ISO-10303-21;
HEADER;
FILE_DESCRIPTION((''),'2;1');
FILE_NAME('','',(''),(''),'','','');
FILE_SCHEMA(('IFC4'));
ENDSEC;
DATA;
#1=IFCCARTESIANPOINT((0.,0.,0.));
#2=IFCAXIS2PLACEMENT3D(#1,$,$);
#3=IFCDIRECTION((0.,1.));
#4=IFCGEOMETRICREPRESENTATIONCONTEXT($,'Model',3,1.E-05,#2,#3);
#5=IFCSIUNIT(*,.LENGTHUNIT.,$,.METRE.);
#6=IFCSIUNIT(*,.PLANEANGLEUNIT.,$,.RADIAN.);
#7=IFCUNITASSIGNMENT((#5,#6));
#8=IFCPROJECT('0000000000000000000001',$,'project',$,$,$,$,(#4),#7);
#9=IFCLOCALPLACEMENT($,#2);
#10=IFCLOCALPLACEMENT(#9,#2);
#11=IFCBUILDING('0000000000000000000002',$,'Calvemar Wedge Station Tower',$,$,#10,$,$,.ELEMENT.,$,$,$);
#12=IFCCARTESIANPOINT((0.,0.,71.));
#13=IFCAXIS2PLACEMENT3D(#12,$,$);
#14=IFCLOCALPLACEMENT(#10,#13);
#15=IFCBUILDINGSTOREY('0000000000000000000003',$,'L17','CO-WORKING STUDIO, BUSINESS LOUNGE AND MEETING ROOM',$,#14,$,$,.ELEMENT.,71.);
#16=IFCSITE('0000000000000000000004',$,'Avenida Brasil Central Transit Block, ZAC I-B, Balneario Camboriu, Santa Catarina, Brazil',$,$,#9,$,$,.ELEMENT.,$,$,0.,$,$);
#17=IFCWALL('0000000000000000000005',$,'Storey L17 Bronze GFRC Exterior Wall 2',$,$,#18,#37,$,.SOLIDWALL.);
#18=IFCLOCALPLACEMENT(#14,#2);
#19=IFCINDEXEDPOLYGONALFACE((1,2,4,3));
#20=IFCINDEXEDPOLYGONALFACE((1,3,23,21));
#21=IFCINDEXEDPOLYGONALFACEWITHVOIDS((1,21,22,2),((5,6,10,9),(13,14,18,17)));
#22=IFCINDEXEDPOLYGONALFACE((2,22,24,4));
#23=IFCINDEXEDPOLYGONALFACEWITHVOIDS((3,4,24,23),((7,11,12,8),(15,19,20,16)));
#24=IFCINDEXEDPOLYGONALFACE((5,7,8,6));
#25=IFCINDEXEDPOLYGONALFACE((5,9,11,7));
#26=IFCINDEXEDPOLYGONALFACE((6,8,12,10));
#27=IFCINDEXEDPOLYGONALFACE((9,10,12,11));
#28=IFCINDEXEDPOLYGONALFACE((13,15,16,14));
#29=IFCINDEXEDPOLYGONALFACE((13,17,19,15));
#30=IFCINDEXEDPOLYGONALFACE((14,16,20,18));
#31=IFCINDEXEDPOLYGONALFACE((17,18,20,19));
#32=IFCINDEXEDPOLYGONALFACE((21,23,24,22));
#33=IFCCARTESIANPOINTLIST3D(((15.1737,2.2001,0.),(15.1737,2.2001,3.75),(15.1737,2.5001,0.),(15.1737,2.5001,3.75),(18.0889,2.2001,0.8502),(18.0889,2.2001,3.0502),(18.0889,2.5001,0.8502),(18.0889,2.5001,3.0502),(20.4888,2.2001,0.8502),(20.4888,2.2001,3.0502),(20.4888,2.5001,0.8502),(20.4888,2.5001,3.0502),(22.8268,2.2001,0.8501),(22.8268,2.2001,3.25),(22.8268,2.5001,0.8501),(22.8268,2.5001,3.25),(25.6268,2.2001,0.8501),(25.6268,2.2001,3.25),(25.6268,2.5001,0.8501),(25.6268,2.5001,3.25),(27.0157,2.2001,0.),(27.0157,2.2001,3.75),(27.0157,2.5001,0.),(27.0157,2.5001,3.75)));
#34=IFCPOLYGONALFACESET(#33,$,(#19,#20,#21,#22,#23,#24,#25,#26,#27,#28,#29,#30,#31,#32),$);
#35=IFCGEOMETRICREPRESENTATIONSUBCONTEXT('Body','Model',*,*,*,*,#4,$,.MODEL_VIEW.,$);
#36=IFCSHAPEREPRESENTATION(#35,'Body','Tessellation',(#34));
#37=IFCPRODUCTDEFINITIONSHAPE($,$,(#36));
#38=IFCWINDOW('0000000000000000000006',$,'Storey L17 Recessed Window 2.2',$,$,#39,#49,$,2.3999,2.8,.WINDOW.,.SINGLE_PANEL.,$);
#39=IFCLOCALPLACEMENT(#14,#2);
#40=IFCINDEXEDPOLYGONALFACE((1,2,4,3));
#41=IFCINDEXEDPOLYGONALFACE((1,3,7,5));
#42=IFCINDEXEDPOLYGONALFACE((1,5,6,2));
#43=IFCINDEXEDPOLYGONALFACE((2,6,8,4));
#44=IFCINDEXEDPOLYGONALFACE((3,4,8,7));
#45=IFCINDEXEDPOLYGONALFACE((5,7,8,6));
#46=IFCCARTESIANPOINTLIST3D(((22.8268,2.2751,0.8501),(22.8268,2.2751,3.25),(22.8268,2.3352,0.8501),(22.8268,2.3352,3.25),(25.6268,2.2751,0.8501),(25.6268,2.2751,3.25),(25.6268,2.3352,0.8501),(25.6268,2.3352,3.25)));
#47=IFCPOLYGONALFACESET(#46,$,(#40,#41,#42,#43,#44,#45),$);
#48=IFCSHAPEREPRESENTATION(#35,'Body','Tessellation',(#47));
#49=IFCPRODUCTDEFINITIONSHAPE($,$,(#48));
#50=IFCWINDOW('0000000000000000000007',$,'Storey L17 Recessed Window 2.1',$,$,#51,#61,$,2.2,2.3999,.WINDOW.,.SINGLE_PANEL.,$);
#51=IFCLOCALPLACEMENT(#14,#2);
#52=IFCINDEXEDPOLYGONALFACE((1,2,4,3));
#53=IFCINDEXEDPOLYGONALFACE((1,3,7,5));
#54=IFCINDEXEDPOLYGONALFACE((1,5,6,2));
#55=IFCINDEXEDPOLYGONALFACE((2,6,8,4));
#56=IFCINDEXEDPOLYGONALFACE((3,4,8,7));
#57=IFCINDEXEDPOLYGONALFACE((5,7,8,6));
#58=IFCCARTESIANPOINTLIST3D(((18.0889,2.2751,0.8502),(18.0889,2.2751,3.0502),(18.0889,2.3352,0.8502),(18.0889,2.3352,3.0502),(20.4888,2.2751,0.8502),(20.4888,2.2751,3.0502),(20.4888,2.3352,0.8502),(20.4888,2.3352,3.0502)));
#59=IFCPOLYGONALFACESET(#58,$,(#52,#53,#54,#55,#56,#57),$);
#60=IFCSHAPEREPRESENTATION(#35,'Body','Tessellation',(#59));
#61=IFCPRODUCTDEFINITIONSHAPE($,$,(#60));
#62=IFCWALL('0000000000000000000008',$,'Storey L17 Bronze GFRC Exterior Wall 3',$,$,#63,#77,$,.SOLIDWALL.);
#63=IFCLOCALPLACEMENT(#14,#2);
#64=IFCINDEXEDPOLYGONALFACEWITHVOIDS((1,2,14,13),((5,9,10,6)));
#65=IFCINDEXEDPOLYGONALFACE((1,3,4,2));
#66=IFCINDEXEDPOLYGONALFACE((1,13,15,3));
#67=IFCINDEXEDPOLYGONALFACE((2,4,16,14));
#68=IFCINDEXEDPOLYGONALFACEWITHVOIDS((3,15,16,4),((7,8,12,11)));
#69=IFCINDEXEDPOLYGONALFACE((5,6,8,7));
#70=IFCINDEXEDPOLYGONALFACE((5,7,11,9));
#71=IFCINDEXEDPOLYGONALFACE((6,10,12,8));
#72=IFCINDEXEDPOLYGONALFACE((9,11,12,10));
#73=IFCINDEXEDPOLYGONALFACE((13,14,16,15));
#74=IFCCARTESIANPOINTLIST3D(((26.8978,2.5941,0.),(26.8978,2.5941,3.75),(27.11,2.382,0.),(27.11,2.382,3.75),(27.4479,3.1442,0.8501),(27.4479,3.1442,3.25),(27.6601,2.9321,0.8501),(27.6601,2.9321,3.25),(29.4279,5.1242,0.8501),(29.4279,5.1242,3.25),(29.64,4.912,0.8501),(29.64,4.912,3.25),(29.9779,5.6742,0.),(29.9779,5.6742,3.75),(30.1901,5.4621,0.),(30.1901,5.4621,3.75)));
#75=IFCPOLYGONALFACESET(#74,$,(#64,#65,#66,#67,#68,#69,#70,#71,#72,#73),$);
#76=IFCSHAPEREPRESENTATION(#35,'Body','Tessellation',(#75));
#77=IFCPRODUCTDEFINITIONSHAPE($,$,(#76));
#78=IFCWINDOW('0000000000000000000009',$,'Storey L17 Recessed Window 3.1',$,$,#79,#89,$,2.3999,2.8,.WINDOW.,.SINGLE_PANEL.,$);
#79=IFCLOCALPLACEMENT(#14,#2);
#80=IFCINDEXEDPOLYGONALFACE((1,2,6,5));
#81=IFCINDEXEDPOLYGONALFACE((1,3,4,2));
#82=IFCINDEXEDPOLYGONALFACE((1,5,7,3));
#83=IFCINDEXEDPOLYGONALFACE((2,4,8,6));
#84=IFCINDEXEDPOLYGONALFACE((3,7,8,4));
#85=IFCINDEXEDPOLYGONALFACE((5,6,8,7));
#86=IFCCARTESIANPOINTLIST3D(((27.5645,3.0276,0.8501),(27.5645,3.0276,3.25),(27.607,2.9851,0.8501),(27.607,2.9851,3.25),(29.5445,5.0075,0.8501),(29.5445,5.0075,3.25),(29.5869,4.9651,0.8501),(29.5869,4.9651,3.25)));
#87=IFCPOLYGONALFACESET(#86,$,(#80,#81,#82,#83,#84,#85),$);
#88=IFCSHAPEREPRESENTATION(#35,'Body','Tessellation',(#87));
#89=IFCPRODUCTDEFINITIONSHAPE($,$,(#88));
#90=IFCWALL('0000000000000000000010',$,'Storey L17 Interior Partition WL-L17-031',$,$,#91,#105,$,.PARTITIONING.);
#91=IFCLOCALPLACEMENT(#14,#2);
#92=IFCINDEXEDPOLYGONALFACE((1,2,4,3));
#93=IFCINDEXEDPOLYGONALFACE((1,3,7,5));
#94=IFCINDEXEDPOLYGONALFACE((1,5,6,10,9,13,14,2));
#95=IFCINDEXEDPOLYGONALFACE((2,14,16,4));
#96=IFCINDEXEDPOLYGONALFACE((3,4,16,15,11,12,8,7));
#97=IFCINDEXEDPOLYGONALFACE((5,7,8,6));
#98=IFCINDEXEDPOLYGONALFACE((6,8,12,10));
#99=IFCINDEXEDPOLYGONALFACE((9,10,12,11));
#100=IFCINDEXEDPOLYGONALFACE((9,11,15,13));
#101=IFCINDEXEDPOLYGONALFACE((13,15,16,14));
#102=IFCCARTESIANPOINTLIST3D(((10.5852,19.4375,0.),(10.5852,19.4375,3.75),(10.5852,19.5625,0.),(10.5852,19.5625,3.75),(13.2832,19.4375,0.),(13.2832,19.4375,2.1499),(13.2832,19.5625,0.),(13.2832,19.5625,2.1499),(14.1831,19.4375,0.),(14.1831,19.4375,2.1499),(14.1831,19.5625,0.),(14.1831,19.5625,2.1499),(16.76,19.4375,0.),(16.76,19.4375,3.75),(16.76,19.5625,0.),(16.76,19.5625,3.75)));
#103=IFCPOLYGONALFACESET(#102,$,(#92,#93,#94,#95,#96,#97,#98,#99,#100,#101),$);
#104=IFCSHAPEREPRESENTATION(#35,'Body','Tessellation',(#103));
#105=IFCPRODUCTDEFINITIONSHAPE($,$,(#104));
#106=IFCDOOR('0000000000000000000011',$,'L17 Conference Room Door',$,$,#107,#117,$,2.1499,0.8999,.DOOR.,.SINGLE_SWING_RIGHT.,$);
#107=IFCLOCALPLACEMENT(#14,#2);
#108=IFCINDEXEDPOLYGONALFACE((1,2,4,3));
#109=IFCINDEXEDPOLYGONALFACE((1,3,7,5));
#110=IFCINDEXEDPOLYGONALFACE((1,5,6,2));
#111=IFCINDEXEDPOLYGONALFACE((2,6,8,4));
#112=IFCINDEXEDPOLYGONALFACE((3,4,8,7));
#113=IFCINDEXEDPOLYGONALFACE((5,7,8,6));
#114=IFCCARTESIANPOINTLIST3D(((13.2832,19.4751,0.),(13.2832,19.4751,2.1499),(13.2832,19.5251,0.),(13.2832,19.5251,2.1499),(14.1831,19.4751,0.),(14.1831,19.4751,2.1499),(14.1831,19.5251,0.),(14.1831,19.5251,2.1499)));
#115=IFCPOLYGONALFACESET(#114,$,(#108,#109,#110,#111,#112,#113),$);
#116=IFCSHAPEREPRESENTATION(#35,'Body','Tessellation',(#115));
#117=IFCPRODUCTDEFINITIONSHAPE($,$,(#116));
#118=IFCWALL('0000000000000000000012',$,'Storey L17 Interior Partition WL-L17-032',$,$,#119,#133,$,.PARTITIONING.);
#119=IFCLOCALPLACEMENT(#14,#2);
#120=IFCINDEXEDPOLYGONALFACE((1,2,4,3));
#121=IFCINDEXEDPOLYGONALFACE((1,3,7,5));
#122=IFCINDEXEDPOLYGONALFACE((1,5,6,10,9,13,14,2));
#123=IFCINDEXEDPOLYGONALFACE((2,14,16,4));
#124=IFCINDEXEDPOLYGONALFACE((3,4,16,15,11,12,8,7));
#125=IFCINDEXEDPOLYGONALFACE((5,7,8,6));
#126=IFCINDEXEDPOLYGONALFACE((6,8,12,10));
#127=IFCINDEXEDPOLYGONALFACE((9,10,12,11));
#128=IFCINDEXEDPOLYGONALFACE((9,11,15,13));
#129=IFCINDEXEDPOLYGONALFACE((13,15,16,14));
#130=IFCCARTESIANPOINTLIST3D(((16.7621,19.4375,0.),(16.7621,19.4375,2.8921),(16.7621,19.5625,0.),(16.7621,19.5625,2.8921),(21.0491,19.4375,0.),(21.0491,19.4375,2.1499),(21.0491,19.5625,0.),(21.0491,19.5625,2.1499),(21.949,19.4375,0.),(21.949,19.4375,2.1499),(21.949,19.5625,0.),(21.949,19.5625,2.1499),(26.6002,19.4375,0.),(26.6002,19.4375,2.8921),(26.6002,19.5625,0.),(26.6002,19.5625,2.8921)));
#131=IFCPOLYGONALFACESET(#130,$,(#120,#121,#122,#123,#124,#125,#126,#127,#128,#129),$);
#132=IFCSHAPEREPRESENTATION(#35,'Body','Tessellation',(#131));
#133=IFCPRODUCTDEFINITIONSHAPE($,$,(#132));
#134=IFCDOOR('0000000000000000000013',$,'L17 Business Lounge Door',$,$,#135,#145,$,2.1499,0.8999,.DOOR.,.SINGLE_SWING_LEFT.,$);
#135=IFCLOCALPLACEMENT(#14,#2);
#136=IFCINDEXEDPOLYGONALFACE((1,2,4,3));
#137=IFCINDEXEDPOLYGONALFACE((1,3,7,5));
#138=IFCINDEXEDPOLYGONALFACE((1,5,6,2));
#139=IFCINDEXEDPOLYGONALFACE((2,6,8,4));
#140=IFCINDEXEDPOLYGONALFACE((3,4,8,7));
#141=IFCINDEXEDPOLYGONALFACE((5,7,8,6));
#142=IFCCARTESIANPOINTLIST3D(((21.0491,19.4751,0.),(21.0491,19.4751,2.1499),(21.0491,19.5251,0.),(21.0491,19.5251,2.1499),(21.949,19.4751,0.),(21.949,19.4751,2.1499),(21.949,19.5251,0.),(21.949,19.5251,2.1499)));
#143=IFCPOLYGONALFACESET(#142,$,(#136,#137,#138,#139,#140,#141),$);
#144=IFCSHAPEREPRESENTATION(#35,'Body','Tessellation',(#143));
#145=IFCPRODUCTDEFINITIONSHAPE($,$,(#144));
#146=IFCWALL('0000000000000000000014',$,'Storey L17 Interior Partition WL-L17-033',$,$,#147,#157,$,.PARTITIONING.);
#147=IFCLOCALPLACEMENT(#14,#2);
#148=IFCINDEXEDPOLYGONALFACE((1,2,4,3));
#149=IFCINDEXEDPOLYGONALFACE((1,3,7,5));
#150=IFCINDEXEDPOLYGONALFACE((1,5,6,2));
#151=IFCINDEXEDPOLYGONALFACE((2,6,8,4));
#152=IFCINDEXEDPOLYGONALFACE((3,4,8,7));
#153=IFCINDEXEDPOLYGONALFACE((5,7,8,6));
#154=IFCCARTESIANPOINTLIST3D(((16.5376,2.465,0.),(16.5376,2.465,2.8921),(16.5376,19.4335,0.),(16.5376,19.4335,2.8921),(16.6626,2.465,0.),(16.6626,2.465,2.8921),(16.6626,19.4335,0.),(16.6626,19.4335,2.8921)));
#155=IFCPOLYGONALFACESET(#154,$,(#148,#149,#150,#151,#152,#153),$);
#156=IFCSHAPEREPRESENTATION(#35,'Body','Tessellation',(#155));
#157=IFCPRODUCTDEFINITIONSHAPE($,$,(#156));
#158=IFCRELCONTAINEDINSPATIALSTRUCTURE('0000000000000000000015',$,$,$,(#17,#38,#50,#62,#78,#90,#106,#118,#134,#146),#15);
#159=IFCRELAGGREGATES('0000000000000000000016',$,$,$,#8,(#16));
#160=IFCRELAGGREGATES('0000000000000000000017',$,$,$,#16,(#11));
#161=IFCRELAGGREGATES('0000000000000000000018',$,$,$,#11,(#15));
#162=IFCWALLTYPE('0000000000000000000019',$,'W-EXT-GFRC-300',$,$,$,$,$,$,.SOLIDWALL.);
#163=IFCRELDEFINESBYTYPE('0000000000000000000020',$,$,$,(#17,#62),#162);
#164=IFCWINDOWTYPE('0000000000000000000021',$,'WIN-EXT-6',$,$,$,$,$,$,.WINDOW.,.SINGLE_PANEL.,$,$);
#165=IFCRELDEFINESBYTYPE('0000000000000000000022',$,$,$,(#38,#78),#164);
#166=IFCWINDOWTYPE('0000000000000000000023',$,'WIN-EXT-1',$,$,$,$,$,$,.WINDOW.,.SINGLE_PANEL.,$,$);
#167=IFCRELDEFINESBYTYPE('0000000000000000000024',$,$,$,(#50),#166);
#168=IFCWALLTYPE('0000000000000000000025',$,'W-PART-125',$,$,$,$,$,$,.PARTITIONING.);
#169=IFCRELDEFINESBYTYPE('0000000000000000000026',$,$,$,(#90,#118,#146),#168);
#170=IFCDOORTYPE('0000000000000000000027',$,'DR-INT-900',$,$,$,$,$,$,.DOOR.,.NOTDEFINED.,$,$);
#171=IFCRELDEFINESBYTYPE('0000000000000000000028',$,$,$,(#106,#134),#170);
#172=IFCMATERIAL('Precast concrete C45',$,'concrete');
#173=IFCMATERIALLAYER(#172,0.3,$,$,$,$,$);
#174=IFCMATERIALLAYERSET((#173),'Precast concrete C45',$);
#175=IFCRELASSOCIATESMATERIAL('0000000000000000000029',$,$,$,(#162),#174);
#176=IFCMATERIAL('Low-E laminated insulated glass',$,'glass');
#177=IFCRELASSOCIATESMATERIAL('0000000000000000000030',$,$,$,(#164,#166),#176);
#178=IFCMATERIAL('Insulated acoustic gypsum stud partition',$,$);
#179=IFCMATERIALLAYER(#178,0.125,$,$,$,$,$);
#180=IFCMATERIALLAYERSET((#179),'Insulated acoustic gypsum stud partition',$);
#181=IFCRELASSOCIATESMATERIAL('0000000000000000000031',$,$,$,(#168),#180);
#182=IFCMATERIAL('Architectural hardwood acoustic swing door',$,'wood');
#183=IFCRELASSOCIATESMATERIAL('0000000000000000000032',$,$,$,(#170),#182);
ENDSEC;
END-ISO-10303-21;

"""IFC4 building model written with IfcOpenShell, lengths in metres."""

from ifc_helpers import new_model, si_unit, direction, frame, frame_2d, origin, place, context, subcontext, project, spatial, rectangle, extrude, source, transform, mapped, material, layer, layer_set, type_object, element, fill, save


model = new_model("IFC4")

# Units and contexts
model_context = context("Model", 3, precision=1e-05, world=origin(), true_north=direction((0.0, 1.0)))
body_context = subcontext(model_context, "Body", "Model", "MODEL_VIEW")
ifc_project = project(units=[si_unit("LENGTHUNIT", "METRE"), si_unit("PLANEANGLEUNIT", "RADIAN")], contexts=[model_context])

# Site, building, storey
site_placement = place(None, origin())
site = spatial("IfcSite", under=ifc_project, at=site_placement, Name="Avenida Brasil Central Transit Block, ZAC I-B, Balneario Camboriu, Santa Catarina, Brazil", CompositionType="ELEMENT", RefElevation=0.0)
building_placement = place(site_placement, origin())
building = spatial("IfcBuilding", under=site, at=building_placement, Name="Calvemar Wedge Station Tower", CompositionType="ELEMENT")
storey_placement = place(building_placement, frame((0.0, 0.0, 71.0)))
storey = spatial("IfcBuildingStorey", under=building, at=storey_placement, Name="L17", Description="CO-WORKING STUDIO, BUSINESS LOUNGE AND MEETING ROOM", CompositionType="ELEMENT", Elevation=71.0)

# Shared definitions
ifc_material_1 = material(Name="Precast concrete C45", Category="concrete")
ifc_layer_1 = layer(ifc_material_1, 0.3)
ifc_layer_set_1 = layer_set([ifc_layer_1], Name="Precast concrete C45")
wall_type_1 = type_object("IfcWallType", Name="W-EXT-GFRC-300", PredefinedType="SOLIDWALL", material=ifc_layer_set_1)
shared_shape_1 = source(origin(), body_context, "Body", "SweptSolid", [
    extrude(rectangle(XDim=2.8, YDim=2.3999, at=frame_2d((1.3999, 1.2))), frame((0.0, 0.1602, 0.0), z_axis=(0.0, -1.0, 0.0), x_axis=(1.0, 0.0, 0.0)), (0.0, 0.0, 1.0), 0.3201),
])
ifc_material_2 = material(Name="Low-E laminated insulated glass", Category="glass")
window_type_1 = type_object("IfcWindowType", Name="WIN-EXT-6", PartitioningType="SINGLE_PANEL", PredefinedType="WINDOW", material=ifc_material_2)
shared_shape_2 = source(origin(), body_context, "Body", "SweptSolid", [
    extrude(rectangle(XDim=2.8, YDim=2.3999, at=frame_2d((1.3999, 1.2))), frame((0.0, -0.0149, 0.0), z_axis=(0.0, -1.0, 0.0), x_axis=(1.0, 0.0, 0.0)), (0.0, 0.0, 1.0), 0.0601),
])

# Wall, openings, windows
wall_1_placement = place(storey_placement, frame((15.1738, 2.3501, 0.0), z_axis=(0.0, 0.0, 1.0), x_axis=(1.0, 0.0, 0.0)))
wall_1 = element("IfcWall", 1, at=wall_1_placement, inside=storey, type_object=wall_type_1, Name="Storey L17 Bronze GFRC Exterior Wall 2", PredefinedType="SOLIDWALL", context=body_context, shape_type="SweptSolid", body=[
    extrude(rectangle(XDim=11.842, YDim=0.3, at=frame_2d((5.9209, 0.0))), origin(), (0.0, 0.0, 1.0), 3.75),
])
shared_shape_3 = source(origin(), body_context, "Body", "SweptSolid", [
    extrude(rectangle(XDim=2.3999, YDim=2.2, at=frame_2d((1.2, 1.1001))), frame((0.0, 0.1602, 0.0), z_axis=(0.0, -1.0, 0.0), x_axis=(1.0, 0.0, 0.0)), (0.0, 0.0, 1.0), 0.3201),
])
opening_1_placement = place(wall_1_placement, frame((2.915, 0.0, 0.8501)))
opening_1 = element("IfcOpeningElement", 2, at=opening_1_placement, cuts=wall_1, PredefinedType="OPENING", context=body_context, shape_type="MappedRepresentation", body=[
    mapped(shared_shape_3, transform((0.0, 0.0, 0.0), scale=1.0)),
])
opening_2_placement = place(wall_1_placement, frame((7.6531, 0.0, 0.8501)))
opening_2 = element("IfcOpeningElement", 3, at=opening_2_placement, cuts=wall_1, PredefinedType="OPENING", context=body_context, shape_type="MappedRepresentation", body=[
    mapped(shared_shape_1, transform((0.0, 0.0, 0.0), scale=1.0)),
])
window_1_placement = place(opening_2_placement, origin())
window_1 = element("IfcWindow", 4, at=window_1_placement, inside=storey, type_object=window_type_1, Name="Storey L17 Recessed Window 2.2", OverallHeight=2.3999, OverallWidth=2.8, PartitioningType="SINGLE_PANEL", PredefinedType="WINDOW", context=body_context, shape_type="MappedRepresentation", body=[
    mapped(shared_shape_2, transform((0.0, 0.0, 0.0), scale=1.0)),
])
fill(opening_2, window_1)
window_type_2 = type_object("IfcWindowType", Name="WIN-EXT-1", PartitioningType="SINGLE_PANEL", PredefinedType="WINDOW", material=ifc_material_2)
shared_shape_4 = source(origin(), body_context, "Body", "SweptSolid", [
    extrude(rectangle(XDim=2.3999, YDim=2.2, at=frame_2d((1.2, 1.1001))), frame((0.0, -0.0149, 0.0), z_axis=(0.0, -1.0, 0.0), x_axis=(1.0, 0.0, 0.0)), (0.0, 0.0, 1.0), 0.0601),
])
window_2_placement = place(opening_1_placement, origin())
window_2 = element("IfcWindow", 5, at=window_2_placement, inside=storey, type_object=window_type_2, Name="Storey L17 Recessed Window 2.1", OverallHeight=2.2, OverallWidth=2.3999, PartitioningType="SINGLE_PANEL", PredefinedType="WINDOW", context=body_context, shape_type="MappedRepresentation", body=[
    mapped(shared_shape_4, transform((0.0, 0.0, 0.0), scale=1.0)),
])
fill(opening_1, window_2)

# Wall, opening, window
wall_2_placement = place(storey_placement, frame((27.0039, 2.488, 0.0), z_axis=(0.0, 0.0, 1.0), x_axis=(0.707107, 0.707107, 0.0)))
wall_2 = element("IfcWall", 6, at=wall_2_placement, inside=storey, type_object=wall_type_1, Name="Storey L17 Bronze GFRC Exterior Wall 3", PredefinedType="SOLIDWALL", context=body_context, shape_type="SweptSolid", body=[
    extrude(rectangle(XDim=4.356, YDim=0.3, at=frame_2d((2.178, 0.0))), origin(), (0.0, 0.0, 1.0), 3.75),
])
opening_3_placement = place(wall_2_placement, frame((0.7781, 0.0, 0.8501)))
opening_3 = element("IfcOpeningElement", 7, at=opening_3_placement, cuts=wall_2, PredefinedType="OPENING", context=body_context, shape_type="MappedRepresentation", body=[
    mapped(shared_shape_1, transform((0.0, 0.0, 0.0), scale=1.0)),
])
window_3_placement = place(opening_3_placement, origin())
window_3 = element("IfcWindow", 8, at=window_3_placement, inside=storey, type_object=window_type_1, Name="Storey L17 Recessed Window 3.1", OverallHeight=2.3999, OverallWidth=2.8, PartitioningType="SINGLE_PANEL", PredefinedType="WINDOW", context=body_context, shape_type="MappedRepresentation", body=[
    mapped(shared_shape_2, transform((0.0, 0.0, 0.0), scale=1.0)),
])
fill(opening_3, window_3)

# Walls, openings, doors
ifc_material_3 = material(Name="Insulated acoustic gypsum stud partition")
ifc_layer_2 = layer(ifc_material_3, 0.125)
ifc_layer_set_2 = layer_set([ifc_layer_2], Name="Insulated acoustic gypsum stud partition")
wall_type_2 = type_object("IfcWallType", Name="W-PART-125", PredefinedType="PARTITIONING", material=ifc_layer_set_2)
wall_3_placement = place(storey_placement, frame((16.76, 19.5, 0.0), z_axis=(0.0, 0.0, 1.0), x_axis=(-1.0, 0.0, 0.0)))
wall_3 = element("IfcWall", 9, at=wall_3_placement, inside=storey, type_object=wall_type_2, Name="Storey L17 Interior Partition WL-L17-031", PredefinedType="PARTITIONING", context=body_context, shape_type="SweptSolid", body=[
    extrude(rectangle(XDim=6.1748, YDim=0.125, at=frame_2d((3.0874, 0.0))), origin(), (0.0, 0.0, 1.0), 3.75),
])
shared_shape_5 = source(origin(), body_context, "Body", "SweptSolid", [
    extrude(rectangle(XDim=0.8999, YDim=2.1499, at=frame_2d((0.45, 1.075))), frame((0.0, 0.0725, 0.0), z_axis=(0.0, -1.0, 0.0), x_axis=(1.0, 0.0, 0.0)), (0.0, 0.0, 1.0), 0.145),
])
opening_4_placement = place(wall_3_placement, frame((2.5769, 0.0, 0.0)))
opening_4 = element("IfcOpeningElement", 10, at=opening_4_placement, cuts=wall_3, PredefinedType="OPENING", context=body_context, shape_type="MappedRepresentation", body=[
    mapped(shared_shape_5, transform((0.0, 0.0, 0.0), scale=1.0)),
])
ifc_material_4 = material(Name="Architectural hardwood acoustic swing door", Category="wood")
door_type = type_object("IfcDoorType", Name="DR-INT-900", OperationType="NOTDEFINED", PredefinedType="DOOR", material=ifc_material_4)
shared_shape_6 = source(origin(), body_context, "Body", "SweptSolid", [
    extrude(rectangle(XDim=0.8999, YDim=2.1499, at=frame_2d((0.45, 1.075))), frame((0.0, 0.0249, 0.0), z_axis=(0.0, -1.0, 0.0), x_axis=(1.0, 0.0, 0.0)), (0.0, 0.0, 1.0), 0.05),
])
door_1_placement = place(opening_4_placement, origin())
door_1 = element("IfcDoor", 11, at=door_1_placement, inside=storey, type_object=door_type, Name="L17 Conference Room Door", OperationType="SINGLE_SWING_RIGHT", OverallHeight=2.1499, OverallWidth=0.8999, PredefinedType="DOOR", context=body_context, shape_type="MappedRepresentation", body=[
    mapped(shared_shape_6, transform((0.0, 0.0, 0.0), scale=1.0)),
])
fill(opening_4, door_1)
wall_4_placement = place(storey_placement, frame((26.6001, 19.5, 0.0), z_axis=(0.0, 0.0, 1.0), x_axis=(-1.0, 0.0, 0.0)))
wall_4 = element("IfcWall", 12, at=wall_4_placement, inside=storey, type_object=wall_type_2, Name="Storey L17 Interior Partition WL-L17-032", PredefinedType="PARTITIONING", context=body_context, shape_type="SweptSolid", body=[
    extrude(rectangle(XDim=9.8381, YDim=0.125, at=frame_2d((4.9189, 0.0))), origin(), (0.0, 0.0, 1.0), 2.8921),
])
opening_5_placement = place(wall_4_placement, frame((4.6511, 0.0, 0.0)))
opening_5 = element("IfcOpeningElement", 13, at=opening_5_placement, cuts=wall_4, PredefinedType="OPENING", context=body_context, shape_type="MappedRepresentation", body=[
    mapped(shared_shape_5, transform((0.0, 0.0, 0.0), scale=1.0)),
])
door_2_placement = place(opening_5_placement, origin())
door_2 = element("IfcDoor", 14, at=door_2_placement, inside=storey, type_object=door_type, Name="L17 Business Lounge Door", OperationType="SINGLE_SWING_LEFT", OverallHeight=2.1499, OverallWidth=0.8999, PredefinedType="DOOR", context=body_context, shape_type="MappedRepresentation", body=[
    mapped(shared_shape_6, transform((0.0, 0.0, 0.0), scale=1.0)),
])
fill(opening_5, door_2)

# Wall
wall_5_placement = place(storey_placement, frame((16.6001, 19.4336, 0.0), z_axis=(0.0, 0.0, 1.0), x_axis=(0.0, -1.0, 0.0)))
element("IfcWall", 15, at=wall_5_placement, inside=storey, type_object=wall_type_2, Name="Storey L17 Interior Partition WL-L17-033", PredefinedType="PARTITIONING", context=body_context, shape_type="SweptSolid", body=[
    extrude(rectangle(XDim=16.9685, YDim=0.125, at=frame_2d((8.4844, 0.0))), origin(), (0.0, 0.0, 1.0), 2.8921),
])

save(model, "model.ifc")
